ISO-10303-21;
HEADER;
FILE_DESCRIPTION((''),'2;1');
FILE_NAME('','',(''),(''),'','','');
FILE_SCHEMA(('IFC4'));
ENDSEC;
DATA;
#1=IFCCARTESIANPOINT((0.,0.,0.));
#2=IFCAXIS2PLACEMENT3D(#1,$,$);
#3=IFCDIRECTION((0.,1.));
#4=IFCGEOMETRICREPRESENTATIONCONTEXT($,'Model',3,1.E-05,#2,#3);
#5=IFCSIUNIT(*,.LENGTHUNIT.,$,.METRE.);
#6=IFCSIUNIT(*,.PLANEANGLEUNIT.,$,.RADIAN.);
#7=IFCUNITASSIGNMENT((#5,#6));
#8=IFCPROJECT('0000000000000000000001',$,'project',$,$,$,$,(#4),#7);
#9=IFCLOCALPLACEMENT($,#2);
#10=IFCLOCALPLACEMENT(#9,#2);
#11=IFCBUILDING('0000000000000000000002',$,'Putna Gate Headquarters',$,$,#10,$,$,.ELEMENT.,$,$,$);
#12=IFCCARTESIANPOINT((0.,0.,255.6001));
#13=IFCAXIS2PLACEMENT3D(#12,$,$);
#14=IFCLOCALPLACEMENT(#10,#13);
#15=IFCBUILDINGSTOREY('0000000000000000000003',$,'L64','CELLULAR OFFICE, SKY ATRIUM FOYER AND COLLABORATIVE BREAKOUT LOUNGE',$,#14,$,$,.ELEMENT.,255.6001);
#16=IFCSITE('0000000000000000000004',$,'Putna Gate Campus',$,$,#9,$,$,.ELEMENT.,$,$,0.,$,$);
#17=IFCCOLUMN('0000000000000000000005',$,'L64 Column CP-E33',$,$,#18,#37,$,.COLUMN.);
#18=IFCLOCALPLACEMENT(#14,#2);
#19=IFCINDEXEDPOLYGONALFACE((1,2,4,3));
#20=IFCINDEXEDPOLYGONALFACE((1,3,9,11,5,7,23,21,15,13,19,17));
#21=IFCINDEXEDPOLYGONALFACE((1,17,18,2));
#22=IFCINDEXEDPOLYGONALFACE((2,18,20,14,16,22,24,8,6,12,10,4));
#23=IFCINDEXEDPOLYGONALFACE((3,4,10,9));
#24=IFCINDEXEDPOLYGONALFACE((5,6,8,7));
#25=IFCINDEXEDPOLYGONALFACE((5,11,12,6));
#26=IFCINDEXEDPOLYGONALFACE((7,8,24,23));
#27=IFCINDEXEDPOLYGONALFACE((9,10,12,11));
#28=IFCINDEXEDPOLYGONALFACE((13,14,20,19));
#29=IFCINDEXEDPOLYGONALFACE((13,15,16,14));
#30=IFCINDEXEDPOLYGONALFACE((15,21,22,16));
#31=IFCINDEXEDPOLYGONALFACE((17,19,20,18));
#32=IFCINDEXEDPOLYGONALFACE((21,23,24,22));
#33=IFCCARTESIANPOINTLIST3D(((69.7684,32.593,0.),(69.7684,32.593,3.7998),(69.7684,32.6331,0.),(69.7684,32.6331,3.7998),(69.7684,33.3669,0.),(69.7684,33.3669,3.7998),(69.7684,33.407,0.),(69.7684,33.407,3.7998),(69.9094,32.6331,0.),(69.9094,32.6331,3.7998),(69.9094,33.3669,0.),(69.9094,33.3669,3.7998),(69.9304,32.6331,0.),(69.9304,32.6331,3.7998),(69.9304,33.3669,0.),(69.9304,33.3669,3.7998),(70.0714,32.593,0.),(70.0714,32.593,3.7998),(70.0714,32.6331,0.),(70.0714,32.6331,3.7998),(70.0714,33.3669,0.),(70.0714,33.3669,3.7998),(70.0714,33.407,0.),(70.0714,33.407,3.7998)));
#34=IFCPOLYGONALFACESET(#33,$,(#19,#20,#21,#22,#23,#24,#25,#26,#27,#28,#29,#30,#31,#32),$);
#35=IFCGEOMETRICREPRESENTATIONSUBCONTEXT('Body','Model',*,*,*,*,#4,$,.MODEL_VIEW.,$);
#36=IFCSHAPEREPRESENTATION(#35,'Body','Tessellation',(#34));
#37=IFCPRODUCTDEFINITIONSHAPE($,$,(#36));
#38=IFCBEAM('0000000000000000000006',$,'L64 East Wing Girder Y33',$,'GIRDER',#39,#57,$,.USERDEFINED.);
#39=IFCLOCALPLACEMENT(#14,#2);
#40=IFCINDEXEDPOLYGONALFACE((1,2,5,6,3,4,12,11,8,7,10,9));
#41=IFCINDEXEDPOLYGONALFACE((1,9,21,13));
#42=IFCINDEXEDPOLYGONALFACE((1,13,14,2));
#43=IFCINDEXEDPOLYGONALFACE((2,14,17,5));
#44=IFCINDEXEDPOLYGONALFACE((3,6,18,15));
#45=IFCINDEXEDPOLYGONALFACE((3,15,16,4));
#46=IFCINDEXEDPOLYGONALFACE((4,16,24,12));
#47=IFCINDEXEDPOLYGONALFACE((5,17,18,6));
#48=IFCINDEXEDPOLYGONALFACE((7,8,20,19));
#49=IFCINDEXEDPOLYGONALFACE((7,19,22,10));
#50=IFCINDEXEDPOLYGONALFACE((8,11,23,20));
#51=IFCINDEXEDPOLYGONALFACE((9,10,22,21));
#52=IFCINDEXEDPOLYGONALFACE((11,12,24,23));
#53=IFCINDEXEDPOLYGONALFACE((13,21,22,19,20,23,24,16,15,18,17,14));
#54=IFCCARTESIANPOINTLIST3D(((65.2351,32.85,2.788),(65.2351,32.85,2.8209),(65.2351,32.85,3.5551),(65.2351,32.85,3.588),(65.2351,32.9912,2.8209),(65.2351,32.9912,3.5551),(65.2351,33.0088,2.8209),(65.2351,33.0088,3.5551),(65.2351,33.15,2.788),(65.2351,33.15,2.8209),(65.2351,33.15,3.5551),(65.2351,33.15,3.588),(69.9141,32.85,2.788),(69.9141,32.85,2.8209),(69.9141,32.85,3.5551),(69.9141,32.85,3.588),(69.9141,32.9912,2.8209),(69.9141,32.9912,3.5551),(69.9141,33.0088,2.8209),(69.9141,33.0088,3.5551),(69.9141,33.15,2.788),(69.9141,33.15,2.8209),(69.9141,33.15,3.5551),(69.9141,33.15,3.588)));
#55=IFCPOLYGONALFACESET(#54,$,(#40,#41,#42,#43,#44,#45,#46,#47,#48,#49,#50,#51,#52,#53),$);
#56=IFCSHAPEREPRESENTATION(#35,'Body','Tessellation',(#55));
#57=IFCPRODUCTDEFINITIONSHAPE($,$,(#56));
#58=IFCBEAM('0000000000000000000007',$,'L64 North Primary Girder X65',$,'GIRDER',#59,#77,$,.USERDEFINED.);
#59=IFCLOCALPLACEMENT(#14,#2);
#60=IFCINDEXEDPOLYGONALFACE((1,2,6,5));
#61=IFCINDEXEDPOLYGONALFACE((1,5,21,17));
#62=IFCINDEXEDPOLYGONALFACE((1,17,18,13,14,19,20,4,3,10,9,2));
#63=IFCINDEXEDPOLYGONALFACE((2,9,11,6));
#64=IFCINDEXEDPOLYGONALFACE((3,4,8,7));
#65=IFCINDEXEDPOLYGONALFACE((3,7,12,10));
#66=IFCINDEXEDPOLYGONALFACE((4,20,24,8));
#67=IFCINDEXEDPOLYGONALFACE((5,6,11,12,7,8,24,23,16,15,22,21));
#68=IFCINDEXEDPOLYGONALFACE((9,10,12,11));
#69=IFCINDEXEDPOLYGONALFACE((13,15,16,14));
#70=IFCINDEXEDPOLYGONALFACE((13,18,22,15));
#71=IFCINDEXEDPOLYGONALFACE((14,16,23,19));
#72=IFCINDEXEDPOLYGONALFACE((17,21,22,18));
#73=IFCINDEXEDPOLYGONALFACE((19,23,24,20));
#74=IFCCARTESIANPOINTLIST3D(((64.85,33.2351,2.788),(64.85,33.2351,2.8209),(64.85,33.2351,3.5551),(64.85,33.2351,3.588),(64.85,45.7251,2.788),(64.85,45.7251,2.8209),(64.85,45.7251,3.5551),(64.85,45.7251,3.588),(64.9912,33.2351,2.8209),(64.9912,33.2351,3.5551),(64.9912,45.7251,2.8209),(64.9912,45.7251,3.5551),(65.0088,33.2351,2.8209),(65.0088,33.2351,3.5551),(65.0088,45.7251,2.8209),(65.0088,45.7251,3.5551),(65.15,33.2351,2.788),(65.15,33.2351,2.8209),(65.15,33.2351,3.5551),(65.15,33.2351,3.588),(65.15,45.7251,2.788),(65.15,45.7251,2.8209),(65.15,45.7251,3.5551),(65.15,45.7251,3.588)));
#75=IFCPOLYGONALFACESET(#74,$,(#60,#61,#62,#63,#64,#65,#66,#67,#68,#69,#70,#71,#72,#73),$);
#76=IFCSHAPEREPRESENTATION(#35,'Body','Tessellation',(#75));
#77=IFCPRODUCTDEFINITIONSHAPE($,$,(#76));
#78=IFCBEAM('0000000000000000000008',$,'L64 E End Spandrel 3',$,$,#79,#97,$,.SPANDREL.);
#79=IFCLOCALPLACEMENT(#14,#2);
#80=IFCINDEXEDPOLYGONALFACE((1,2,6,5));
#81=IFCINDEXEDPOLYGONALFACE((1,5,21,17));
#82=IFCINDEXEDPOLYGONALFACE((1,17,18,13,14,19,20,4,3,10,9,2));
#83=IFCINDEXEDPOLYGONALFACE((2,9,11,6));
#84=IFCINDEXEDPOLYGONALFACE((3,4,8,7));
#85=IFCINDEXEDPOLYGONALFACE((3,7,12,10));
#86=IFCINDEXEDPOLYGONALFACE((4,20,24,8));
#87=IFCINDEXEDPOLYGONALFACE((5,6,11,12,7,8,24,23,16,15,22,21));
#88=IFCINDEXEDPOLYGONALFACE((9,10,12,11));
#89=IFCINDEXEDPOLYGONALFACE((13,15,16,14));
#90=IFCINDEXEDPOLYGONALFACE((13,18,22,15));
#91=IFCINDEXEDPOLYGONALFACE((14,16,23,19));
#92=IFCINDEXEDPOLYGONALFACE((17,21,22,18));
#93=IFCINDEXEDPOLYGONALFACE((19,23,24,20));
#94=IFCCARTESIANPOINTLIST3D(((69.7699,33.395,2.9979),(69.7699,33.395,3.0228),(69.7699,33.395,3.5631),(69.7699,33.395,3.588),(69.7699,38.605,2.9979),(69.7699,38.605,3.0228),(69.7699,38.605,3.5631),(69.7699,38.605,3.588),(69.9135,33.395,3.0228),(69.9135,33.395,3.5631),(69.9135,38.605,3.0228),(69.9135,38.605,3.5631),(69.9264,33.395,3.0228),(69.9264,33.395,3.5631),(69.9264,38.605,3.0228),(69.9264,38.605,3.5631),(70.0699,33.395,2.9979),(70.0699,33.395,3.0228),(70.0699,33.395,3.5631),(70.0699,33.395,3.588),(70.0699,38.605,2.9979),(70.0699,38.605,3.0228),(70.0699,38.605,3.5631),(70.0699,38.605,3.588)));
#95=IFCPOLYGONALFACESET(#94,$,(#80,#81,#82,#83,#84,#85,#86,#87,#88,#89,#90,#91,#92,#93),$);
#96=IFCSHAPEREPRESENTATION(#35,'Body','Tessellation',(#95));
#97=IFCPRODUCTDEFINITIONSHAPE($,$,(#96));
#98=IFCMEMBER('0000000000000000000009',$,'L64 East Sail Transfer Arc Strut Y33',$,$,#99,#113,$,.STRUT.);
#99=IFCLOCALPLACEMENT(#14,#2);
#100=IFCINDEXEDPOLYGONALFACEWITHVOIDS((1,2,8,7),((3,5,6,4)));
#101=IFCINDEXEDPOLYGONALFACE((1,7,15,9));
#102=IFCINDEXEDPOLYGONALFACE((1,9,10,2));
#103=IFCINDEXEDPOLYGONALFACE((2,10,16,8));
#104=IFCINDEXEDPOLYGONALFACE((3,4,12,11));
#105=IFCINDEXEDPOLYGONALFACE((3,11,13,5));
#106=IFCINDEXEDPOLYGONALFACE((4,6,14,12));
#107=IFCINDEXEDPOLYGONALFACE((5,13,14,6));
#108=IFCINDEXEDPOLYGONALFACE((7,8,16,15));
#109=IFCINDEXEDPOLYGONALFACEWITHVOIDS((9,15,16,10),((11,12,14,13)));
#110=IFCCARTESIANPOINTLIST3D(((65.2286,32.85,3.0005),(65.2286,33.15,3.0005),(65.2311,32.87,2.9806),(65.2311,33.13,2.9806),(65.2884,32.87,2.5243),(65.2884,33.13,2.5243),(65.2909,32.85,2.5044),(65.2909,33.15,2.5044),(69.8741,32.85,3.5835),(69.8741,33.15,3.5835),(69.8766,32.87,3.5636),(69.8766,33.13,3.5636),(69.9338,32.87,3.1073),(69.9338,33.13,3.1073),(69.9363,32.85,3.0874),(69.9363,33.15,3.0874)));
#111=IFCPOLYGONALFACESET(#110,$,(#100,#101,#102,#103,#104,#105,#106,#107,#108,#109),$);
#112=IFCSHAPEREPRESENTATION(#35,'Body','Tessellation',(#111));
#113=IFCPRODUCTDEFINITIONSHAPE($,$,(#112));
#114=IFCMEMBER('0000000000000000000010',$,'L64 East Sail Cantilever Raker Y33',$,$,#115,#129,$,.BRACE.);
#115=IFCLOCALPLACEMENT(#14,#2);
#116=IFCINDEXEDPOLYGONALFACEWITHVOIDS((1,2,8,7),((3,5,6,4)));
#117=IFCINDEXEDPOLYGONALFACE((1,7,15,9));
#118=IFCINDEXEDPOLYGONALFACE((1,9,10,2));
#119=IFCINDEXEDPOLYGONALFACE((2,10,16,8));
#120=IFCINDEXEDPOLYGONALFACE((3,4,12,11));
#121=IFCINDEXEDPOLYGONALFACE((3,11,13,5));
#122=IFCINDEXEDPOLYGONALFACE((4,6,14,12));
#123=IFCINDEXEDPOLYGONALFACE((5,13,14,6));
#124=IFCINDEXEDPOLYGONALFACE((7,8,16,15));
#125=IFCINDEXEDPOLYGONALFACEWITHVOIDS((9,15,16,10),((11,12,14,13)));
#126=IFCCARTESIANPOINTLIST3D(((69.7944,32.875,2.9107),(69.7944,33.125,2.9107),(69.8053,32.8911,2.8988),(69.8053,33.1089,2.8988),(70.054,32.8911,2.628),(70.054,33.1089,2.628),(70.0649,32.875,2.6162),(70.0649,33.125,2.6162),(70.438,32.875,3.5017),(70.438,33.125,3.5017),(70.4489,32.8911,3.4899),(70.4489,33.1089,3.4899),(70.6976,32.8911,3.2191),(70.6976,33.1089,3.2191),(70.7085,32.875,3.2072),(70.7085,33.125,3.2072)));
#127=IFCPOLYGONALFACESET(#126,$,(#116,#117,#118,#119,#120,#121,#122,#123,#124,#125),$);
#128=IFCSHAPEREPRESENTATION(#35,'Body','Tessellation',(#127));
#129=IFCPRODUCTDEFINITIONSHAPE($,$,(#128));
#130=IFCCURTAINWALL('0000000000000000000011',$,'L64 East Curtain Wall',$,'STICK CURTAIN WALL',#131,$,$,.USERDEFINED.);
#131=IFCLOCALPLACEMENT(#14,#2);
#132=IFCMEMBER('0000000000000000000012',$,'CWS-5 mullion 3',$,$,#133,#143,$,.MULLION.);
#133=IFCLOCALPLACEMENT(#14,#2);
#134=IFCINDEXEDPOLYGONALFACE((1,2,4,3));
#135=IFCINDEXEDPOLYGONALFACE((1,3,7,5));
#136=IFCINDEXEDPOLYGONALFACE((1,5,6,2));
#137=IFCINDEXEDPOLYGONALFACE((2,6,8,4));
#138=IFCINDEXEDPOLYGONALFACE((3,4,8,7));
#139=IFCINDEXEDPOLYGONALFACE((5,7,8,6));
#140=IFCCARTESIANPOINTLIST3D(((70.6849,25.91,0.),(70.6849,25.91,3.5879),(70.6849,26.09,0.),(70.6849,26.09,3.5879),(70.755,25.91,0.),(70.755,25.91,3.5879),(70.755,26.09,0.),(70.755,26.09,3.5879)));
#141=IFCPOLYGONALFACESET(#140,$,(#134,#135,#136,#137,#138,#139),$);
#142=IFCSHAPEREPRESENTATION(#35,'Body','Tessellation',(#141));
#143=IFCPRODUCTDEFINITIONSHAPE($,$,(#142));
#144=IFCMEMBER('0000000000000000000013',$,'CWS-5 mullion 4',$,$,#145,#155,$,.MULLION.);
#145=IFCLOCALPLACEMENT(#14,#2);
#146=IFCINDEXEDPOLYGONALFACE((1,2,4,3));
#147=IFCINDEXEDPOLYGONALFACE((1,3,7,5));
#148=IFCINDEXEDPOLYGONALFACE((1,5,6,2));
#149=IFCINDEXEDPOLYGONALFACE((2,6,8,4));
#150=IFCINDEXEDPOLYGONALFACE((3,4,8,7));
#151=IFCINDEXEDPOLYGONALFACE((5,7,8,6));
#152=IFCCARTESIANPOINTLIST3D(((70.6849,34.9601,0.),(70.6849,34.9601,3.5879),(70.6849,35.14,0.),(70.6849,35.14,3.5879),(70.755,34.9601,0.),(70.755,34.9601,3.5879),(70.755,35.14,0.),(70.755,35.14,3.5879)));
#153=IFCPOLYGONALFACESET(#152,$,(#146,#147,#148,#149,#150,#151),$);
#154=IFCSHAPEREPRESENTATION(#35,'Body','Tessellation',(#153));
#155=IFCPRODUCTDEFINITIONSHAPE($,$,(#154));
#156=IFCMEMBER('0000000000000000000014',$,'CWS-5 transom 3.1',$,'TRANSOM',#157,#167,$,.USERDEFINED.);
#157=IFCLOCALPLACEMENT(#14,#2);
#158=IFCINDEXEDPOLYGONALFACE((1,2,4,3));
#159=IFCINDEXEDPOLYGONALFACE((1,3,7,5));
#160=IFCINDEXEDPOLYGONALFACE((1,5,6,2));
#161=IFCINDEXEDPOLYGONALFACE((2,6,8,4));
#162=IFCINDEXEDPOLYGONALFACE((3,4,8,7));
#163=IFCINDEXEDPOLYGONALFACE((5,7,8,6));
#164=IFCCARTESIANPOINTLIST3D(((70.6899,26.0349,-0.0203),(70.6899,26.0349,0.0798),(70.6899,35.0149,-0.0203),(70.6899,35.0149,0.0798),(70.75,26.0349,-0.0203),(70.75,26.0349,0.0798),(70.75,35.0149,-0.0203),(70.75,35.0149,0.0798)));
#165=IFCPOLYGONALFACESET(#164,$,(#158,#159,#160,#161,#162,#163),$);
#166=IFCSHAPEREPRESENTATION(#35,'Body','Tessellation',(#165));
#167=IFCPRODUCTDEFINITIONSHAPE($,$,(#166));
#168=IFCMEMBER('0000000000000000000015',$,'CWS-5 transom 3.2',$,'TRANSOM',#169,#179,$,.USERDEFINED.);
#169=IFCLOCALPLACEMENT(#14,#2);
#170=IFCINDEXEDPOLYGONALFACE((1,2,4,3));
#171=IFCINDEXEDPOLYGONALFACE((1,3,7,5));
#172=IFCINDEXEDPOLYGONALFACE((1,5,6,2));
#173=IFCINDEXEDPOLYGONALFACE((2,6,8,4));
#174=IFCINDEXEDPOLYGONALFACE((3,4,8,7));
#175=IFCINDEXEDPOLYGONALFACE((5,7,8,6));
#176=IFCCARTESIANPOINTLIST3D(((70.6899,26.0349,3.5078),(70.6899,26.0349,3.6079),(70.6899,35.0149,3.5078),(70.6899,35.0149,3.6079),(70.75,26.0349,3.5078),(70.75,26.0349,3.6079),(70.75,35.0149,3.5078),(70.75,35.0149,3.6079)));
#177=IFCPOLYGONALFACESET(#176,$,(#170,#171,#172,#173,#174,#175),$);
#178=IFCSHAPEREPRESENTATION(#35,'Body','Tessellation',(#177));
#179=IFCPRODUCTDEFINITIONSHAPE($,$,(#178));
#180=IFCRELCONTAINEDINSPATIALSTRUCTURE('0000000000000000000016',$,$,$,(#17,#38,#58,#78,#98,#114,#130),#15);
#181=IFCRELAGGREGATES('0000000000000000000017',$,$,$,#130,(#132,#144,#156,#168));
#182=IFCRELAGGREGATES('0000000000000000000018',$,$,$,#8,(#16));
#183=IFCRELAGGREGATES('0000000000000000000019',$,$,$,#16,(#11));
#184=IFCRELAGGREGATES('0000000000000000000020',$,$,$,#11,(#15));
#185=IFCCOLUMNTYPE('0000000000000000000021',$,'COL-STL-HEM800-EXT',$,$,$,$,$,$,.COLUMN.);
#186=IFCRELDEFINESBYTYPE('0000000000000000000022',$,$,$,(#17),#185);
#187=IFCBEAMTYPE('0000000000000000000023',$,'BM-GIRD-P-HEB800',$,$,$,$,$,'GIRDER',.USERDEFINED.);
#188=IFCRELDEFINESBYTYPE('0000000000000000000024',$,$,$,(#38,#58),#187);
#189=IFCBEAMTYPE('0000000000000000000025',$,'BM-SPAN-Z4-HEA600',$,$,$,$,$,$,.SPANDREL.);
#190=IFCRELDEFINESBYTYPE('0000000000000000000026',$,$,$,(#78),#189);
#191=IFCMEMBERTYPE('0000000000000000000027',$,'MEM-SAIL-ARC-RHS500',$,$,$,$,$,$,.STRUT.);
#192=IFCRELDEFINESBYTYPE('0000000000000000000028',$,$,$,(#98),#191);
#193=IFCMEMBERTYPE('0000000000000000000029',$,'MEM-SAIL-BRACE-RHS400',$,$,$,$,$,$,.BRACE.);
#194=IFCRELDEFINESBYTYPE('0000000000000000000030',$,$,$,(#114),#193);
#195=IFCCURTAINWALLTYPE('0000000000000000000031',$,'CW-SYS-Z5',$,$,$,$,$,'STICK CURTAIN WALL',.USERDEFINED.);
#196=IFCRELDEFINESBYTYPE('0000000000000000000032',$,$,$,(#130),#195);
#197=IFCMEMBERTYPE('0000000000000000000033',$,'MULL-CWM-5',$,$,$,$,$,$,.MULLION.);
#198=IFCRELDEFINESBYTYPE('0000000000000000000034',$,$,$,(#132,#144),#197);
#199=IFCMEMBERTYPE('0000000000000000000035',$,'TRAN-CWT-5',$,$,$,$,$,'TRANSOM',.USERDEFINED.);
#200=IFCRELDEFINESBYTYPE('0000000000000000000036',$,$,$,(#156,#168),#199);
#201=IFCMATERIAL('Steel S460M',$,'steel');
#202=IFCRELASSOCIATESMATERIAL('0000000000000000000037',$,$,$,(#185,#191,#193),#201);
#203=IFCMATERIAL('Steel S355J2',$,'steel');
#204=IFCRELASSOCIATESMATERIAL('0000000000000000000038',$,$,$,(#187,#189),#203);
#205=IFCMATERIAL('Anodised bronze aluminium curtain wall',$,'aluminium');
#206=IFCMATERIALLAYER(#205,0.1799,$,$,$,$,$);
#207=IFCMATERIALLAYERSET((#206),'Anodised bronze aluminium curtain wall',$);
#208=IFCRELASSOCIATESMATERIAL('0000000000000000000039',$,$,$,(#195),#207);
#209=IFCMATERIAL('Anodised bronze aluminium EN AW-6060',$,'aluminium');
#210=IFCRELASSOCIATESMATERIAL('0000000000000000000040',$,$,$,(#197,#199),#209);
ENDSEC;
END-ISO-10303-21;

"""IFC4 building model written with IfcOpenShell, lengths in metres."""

from ifc_helpers import new_model, si_unit, direction, frame, origin, origin_2d, place, context, subcontext, project, spatial, rectangle, hollow_rectangle, i_section, extrude, material, layer, layer_set, material_profile, profile_set, type_object, element, aggregate, save


model = new_model("IFC4")

# Units and contexts
model_context = context("Model", 3, precision=1e-05, world=origin(), true_north=direction((0.0, 1.0)))
body_context = subcontext(model_context, "Body", "Model", "MODEL_VIEW")
ifc_project = project(units=[si_unit("LENGTHUNIT", "METRE"), si_unit("PLANEANGLEUNIT", "RADIAN")], contexts=[model_context])

# Site, building, storey
site_placement = place(None, origin())
site = spatial("IfcSite", under=ifc_project, at=site_placement, Name="Putna Gate Campus", CompositionType="ELEMENT", RefElevation=0.0)
building_placement = place(site_placement, origin())
building = spatial("IfcBuilding", under=site, at=building_placement, Name="Putna Gate Headquarters", CompositionType="ELEMENT")
storey_placement = place(building_placement, frame((0.0, 0.0, 255.6001)))
storey = spatial("IfcBuildingStorey", under=building, at=storey_placement, Name="L64", Description="CELLULAR OFFICE, SKY ATRIUM FOYER AND COLLABORATIVE BREAKOUT LOUNGE", CompositionType="ELEMENT", Elevation=255.6001)

# Column
ifc_material_1 = material(Name="Steel S460M", Category="steel")
ifc_material_profile_1 = material_profile(ifc_material_1, i_section(OverallWidth=0.303, OverallDepth=0.814, WebThickness=0.021, FlangeThickness=0.04, at=origin_2d()), Name="Steel S460M")
ifc_profile_set_1 = profile_set([ifc_material_profile_1], Name="Steel S460M")
column_type = type_object("IfcColumnType", Name="COL-STL-HEM800-EXT", PredefinedType="COLUMN", material=ifc_profile_set_1)
column_placement = place(storey_placement, frame((69.9199, 33.0, 0.0), z_axis=(0.0, 0.0, 1.0), x_axis=(1.0, 0.0, 0.0)))
element("IfcColumn", 1, at=column_placement, inside=storey, type_object=column_type, Name="L64 Column CP-E33", PredefinedType="COLUMN", context=body_context, shape_type="SweptSolid", body=[
    extrude(i_section(OverallWidth=0.303, OverallDepth=0.814, WebThickness=0.021, FlangeThickness=0.04, at=origin_2d()), origin(), (0.0, 0.0, 1.0), 3.7998),
])

# Beams
ifc_material_2 = material(Name="Steel S355J2", Category="steel")
ifc_material_profile_2 = material_profile(ifc_material_2, i_section(OverallWidth=0.3, OverallDepth=0.8, WebThickness=0.0176, FlangeThickness=0.033, at=origin_2d()), Name="Steel S355J2")
ifc_profile_set_2 = profile_set([ifc_material_profile_2], Name="Steel S355J2")
beam_type_1 = type_object("IfcBeamType", Name="BM-GIRD-P-HEB800", ElementType="GIRDER", PredefinedType="USERDEFINED", material=ifc_profile_set_2)
beam_1_placement = place(storey_placement, frame((65.2351, 33.0, 3.188), z_axis=(1.0, 0.0, 0.0), x_axis=(0.0, 1.0, 0.0)))
element("IfcBeam", 2, at=beam_1_placement, inside=storey, type_object=beam_type_1, Name="L64 East Wing Girder Y33", ObjectType="GIRDER", PredefinedType="USERDEFINED", context=body_context, shape_type="SweptSolid", body=[
    extrude(i_section(OverallWidth=0.3, OverallDepth=0.8, WebThickness=0.0176, FlangeThickness=0.033, at=origin_2d()), origin(), (0.0, 0.0, 1.0), 4.679),
])
beam_2_placement = place(storey_placement, frame((65.0, 33.2351, 3.188), z_axis=(0.0, 1.0, 0.0), x_axis=(-1.0, 0.0, 0.0)))
element("IfcBeam", 3, at=beam_2_placement, inside=storey, type_object=beam_type_1, Name="L64 North Primary Girder X65", ObjectType="GIRDER", PredefinedType="USERDEFINED", context=body_context, shape_type="SweptSolid", body=[
    extrude(i_section(OverallWidth=0.3, OverallDepth=0.8, WebThickness=0.0176, FlangeThickness=0.033, at=origin_2d()), origin(), (0.0, 0.0, 1.0), 12.49),
])
ifc_material_profile_3 = material_profile(ifc_material_2, i_section(OverallWidth=0.3, OverallDepth=0.5901, WebThickness=0.0129, FlangeThickness=0.0249, at=origin_2d()), Name="Steel S355J2")
ifc_profile_set_3 = profile_set([ifc_material_profile_3], Name="Steel S355J2")
beam_type_2 = type_object("IfcBeamType", Name="BM-SPAN-Z4-HEA600", PredefinedType="SPANDREL", material=ifc_profile_set_3)
beam_3_placement = place(storey_placement, frame((69.9199, 33.395, 3.293), z_axis=(0.0, 1.0, 0.0), x_axis=(-1.0, 0.0, 0.0)))
element("IfcBeam", 4, at=beam_3_placement, inside=storey, type_object=beam_type_2, Name="L64 E End Spandrel 3", PredefinedType="SPANDREL", context=body_context, shape_type="SweptSolid", body=[
    extrude(i_section(OverallWidth=0.3, OverallDepth=0.5901, WebThickness=0.0129, FlangeThickness=0.0249, at=origin_2d()), origin(), (0.0, 0.0, 1.0), 5.21),
])

# Members
ifc_material_profile_4 = material_profile(ifc_material_1, hollow_rectangle(XDim=0.3, YDim=0.5, WallThickness=0.02, at=origin_2d()), Name="Steel S460M")
ifc_profile_set_4 = profile_set([ifc_material_profile_4], Name="Steel S460M")
member_type_1 = type_object("IfcMemberType", Name="MEM-SAIL-ARC-RHS500", PredefinedType="STRUT", material=ifc_profile_set_4)
member_1_placement = place(storey_placement, frame((65.2598, 33.0, 2.7524), z_axis=(0.992217, 0.0, 0.124522), x_axis=(0.0, 1.0, 0.0)))
element("IfcMember", 5, at=member_1_placement, inside=storey, type_object=member_type_1, Name="L64 East Sail Transfer Arc Strut Y33", PredefinedType="STRUT", context=body_context, shape_type="SweptSolid", body=[
    extrude(hollow_rectangle(XDim=0.3, YDim=0.5, WallThickness=0.02, at=origin_2d()), origin(), (0.0, 0.0, 1.0), 4.6819),
])
ifc_material_profile_5 = material_profile(ifc_material_1, hollow_rectangle(XDim=0.25, YDim=0.3999, WallThickness=0.0161, at=origin_2d()), Name="Steel S460M")
ifc_profile_set_5 = profile_set([ifc_material_profile_5], Name="Steel S460M")
member_type_2 = type_object("IfcMemberType", Name="MEM-SAIL-BRACE-RHS400", PredefinedType="BRACE", material=ifc_profile_set_5)
member_2_placement = place(storey_placement, frame((69.9297, 33.0, 2.7634), z_axis=(0.736504, 0.0, 0.676433), x_axis=(0.0, 1.0, 0.0)))
element("IfcMember", 6, at=member_2_placement, inside=storey, type_object=member_type_2, Name="L64 East Sail Cantilever Raker Y33", PredefinedType="BRACE", context=body_context, shape_type="SweptSolid", body=[
    extrude(hollow_rectangle(XDim=0.25, YDim=0.3999, WallThickness=0.0161, at=origin_2d()), origin(), (0.0, 0.0, 1.0), 0.8738),
])

# Curtain wall, members
ifc_material_3 = material(Name="Anodised bronze aluminium curtain wall", Category="aluminium")
ifc_layer_1 = layer(ifc_material_3, 0.1799)
ifc_layer_set_1 = layer_set([ifc_layer_1], Name="Anodised bronze aluminium curtain wall")
curtain_wall_type = type_object("IfcCurtainWallType", Name="CW-SYS-Z5", ElementType="STICK CURTAIN WALL", PredefinedType="USERDEFINED", material=ifc_layer_set_1)
curtain_wall_placement = place(storey_placement, origin())
curtain_wall = element("IfcCurtainWall", 7, at=curtain_wall_placement, inside=storey, type_object=curtain_wall_type, Name="L64 East Curtain Wall", ObjectType="STICK CURTAIN WALL", PredefinedType="USERDEFINED")
ifc_material_4 = material(Name="Anodised bronze aluminium EN AW-6060", Category="aluminium")
ifc_material_profile_6 = material_profile(ifc_material_4, rectangle(XDim=0.0701, YDim=0.1799, at=origin_2d()), Name="Anodised bronze aluminium EN AW-6060")
ifc_profile_set_6 = profile_set([ifc_material_profile_6], Name="Anodised bronze aluminium EN AW-6060")
member_type_3 = type_object("IfcMemberType", Name="MULL-CWM-5", PredefinedType="MULLION", material=ifc_profile_set_6)
member_3_placement = place(storey_placement, frame((70.72, 26.0, 0.0), z_axis=(0.0, 0.0, 1.0), x_axis=(-1.0, 0.0, 0.0)))
member_3 = element("IfcMember", 8, at=member_3_placement, type_object=member_type_3, Name="CWS-5 mullion 3", PredefinedType="MULLION", context=body_context, shape_type="SweptSolid", body=[
    extrude(rectangle(XDim=0.0701, YDim=0.1799, at=origin_2d()), origin(), (0.0, 0.0, 1.0), 3.5879),
])
member_4_placement = place(storey_placement, frame((70.72, 35.05, 0.0), z_axis=(0.0, 0.0, 1.0), x_axis=(-1.0, 0.0, 0.0)))
member_4 = element("IfcMember", 9, at=member_4_placement, type_object=member_type_3, Name="CWS-5 mullion 4", PredefinedType="MULLION", context=body_context, shape_type="SweptSolid", body=[
    extrude(rectangle(XDim=0.0701, YDim=0.1799, at=origin_2d()), origin(), (0.0, 0.0, 1.0), 3.5879),
])
ifc_material_profile_7 = material_profile(ifc_material_4, rectangle(XDim=0.0601, YDim=0.1001, at=origin_2d()), Name="Anodised bronze aluminium EN AW-6060")
ifc_profile_set_7 = profile_set([ifc_material_profile_7], Name="Anodised bronze aluminium EN AW-6060")
member_type_4 = type_object("IfcMemberType", Name="TRAN-CWT-5", ElementType="TRANSOM", PredefinedType="USERDEFINED", material=ifc_profile_set_7)
member_5_placement = place(storey_placement, frame((70.72, 26.0349, 0.0298), z_axis=(0.0, 1.0, 0.0), x_axis=(-1.0, 0.0, 0.0)))
member_5 = element("IfcMember", 10, at=member_5_placement, type_object=member_type_4, Name="CWS-5 transom 3.1", ObjectType="TRANSOM", PredefinedType="USERDEFINED", context=body_context, shape_type="SweptSolid", body=[
    extrude(rectangle(XDim=0.0601, YDim=0.1001, at=origin_2d()), origin(), (0.0, 0.0, 1.0), 8.98),
])
member_6_placement = place(storey_placement, frame((70.72, 26.0349, 3.5579), z_axis=(0.0, 1.0, 0.0), x_axis=(-1.0, 0.0, 0.0)))
member_6 = element("IfcMember", 11, at=member_6_placement, type_object=member_type_4, Name="CWS-5 transom 3.2", ObjectType="TRANSOM", PredefinedType="USERDEFINED", context=body_context, shape_type="SweptSolid", body=[
    extrude(rectangle(XDim=0.0601, YDim=0.1001, at=origin_2d()), origin(), (0.0, 0.0, 1.0), 8.98),
])
aggregate(curtain_wall, [member_3, member_4, member_5, member_6])

save(model, "model.ifc")
